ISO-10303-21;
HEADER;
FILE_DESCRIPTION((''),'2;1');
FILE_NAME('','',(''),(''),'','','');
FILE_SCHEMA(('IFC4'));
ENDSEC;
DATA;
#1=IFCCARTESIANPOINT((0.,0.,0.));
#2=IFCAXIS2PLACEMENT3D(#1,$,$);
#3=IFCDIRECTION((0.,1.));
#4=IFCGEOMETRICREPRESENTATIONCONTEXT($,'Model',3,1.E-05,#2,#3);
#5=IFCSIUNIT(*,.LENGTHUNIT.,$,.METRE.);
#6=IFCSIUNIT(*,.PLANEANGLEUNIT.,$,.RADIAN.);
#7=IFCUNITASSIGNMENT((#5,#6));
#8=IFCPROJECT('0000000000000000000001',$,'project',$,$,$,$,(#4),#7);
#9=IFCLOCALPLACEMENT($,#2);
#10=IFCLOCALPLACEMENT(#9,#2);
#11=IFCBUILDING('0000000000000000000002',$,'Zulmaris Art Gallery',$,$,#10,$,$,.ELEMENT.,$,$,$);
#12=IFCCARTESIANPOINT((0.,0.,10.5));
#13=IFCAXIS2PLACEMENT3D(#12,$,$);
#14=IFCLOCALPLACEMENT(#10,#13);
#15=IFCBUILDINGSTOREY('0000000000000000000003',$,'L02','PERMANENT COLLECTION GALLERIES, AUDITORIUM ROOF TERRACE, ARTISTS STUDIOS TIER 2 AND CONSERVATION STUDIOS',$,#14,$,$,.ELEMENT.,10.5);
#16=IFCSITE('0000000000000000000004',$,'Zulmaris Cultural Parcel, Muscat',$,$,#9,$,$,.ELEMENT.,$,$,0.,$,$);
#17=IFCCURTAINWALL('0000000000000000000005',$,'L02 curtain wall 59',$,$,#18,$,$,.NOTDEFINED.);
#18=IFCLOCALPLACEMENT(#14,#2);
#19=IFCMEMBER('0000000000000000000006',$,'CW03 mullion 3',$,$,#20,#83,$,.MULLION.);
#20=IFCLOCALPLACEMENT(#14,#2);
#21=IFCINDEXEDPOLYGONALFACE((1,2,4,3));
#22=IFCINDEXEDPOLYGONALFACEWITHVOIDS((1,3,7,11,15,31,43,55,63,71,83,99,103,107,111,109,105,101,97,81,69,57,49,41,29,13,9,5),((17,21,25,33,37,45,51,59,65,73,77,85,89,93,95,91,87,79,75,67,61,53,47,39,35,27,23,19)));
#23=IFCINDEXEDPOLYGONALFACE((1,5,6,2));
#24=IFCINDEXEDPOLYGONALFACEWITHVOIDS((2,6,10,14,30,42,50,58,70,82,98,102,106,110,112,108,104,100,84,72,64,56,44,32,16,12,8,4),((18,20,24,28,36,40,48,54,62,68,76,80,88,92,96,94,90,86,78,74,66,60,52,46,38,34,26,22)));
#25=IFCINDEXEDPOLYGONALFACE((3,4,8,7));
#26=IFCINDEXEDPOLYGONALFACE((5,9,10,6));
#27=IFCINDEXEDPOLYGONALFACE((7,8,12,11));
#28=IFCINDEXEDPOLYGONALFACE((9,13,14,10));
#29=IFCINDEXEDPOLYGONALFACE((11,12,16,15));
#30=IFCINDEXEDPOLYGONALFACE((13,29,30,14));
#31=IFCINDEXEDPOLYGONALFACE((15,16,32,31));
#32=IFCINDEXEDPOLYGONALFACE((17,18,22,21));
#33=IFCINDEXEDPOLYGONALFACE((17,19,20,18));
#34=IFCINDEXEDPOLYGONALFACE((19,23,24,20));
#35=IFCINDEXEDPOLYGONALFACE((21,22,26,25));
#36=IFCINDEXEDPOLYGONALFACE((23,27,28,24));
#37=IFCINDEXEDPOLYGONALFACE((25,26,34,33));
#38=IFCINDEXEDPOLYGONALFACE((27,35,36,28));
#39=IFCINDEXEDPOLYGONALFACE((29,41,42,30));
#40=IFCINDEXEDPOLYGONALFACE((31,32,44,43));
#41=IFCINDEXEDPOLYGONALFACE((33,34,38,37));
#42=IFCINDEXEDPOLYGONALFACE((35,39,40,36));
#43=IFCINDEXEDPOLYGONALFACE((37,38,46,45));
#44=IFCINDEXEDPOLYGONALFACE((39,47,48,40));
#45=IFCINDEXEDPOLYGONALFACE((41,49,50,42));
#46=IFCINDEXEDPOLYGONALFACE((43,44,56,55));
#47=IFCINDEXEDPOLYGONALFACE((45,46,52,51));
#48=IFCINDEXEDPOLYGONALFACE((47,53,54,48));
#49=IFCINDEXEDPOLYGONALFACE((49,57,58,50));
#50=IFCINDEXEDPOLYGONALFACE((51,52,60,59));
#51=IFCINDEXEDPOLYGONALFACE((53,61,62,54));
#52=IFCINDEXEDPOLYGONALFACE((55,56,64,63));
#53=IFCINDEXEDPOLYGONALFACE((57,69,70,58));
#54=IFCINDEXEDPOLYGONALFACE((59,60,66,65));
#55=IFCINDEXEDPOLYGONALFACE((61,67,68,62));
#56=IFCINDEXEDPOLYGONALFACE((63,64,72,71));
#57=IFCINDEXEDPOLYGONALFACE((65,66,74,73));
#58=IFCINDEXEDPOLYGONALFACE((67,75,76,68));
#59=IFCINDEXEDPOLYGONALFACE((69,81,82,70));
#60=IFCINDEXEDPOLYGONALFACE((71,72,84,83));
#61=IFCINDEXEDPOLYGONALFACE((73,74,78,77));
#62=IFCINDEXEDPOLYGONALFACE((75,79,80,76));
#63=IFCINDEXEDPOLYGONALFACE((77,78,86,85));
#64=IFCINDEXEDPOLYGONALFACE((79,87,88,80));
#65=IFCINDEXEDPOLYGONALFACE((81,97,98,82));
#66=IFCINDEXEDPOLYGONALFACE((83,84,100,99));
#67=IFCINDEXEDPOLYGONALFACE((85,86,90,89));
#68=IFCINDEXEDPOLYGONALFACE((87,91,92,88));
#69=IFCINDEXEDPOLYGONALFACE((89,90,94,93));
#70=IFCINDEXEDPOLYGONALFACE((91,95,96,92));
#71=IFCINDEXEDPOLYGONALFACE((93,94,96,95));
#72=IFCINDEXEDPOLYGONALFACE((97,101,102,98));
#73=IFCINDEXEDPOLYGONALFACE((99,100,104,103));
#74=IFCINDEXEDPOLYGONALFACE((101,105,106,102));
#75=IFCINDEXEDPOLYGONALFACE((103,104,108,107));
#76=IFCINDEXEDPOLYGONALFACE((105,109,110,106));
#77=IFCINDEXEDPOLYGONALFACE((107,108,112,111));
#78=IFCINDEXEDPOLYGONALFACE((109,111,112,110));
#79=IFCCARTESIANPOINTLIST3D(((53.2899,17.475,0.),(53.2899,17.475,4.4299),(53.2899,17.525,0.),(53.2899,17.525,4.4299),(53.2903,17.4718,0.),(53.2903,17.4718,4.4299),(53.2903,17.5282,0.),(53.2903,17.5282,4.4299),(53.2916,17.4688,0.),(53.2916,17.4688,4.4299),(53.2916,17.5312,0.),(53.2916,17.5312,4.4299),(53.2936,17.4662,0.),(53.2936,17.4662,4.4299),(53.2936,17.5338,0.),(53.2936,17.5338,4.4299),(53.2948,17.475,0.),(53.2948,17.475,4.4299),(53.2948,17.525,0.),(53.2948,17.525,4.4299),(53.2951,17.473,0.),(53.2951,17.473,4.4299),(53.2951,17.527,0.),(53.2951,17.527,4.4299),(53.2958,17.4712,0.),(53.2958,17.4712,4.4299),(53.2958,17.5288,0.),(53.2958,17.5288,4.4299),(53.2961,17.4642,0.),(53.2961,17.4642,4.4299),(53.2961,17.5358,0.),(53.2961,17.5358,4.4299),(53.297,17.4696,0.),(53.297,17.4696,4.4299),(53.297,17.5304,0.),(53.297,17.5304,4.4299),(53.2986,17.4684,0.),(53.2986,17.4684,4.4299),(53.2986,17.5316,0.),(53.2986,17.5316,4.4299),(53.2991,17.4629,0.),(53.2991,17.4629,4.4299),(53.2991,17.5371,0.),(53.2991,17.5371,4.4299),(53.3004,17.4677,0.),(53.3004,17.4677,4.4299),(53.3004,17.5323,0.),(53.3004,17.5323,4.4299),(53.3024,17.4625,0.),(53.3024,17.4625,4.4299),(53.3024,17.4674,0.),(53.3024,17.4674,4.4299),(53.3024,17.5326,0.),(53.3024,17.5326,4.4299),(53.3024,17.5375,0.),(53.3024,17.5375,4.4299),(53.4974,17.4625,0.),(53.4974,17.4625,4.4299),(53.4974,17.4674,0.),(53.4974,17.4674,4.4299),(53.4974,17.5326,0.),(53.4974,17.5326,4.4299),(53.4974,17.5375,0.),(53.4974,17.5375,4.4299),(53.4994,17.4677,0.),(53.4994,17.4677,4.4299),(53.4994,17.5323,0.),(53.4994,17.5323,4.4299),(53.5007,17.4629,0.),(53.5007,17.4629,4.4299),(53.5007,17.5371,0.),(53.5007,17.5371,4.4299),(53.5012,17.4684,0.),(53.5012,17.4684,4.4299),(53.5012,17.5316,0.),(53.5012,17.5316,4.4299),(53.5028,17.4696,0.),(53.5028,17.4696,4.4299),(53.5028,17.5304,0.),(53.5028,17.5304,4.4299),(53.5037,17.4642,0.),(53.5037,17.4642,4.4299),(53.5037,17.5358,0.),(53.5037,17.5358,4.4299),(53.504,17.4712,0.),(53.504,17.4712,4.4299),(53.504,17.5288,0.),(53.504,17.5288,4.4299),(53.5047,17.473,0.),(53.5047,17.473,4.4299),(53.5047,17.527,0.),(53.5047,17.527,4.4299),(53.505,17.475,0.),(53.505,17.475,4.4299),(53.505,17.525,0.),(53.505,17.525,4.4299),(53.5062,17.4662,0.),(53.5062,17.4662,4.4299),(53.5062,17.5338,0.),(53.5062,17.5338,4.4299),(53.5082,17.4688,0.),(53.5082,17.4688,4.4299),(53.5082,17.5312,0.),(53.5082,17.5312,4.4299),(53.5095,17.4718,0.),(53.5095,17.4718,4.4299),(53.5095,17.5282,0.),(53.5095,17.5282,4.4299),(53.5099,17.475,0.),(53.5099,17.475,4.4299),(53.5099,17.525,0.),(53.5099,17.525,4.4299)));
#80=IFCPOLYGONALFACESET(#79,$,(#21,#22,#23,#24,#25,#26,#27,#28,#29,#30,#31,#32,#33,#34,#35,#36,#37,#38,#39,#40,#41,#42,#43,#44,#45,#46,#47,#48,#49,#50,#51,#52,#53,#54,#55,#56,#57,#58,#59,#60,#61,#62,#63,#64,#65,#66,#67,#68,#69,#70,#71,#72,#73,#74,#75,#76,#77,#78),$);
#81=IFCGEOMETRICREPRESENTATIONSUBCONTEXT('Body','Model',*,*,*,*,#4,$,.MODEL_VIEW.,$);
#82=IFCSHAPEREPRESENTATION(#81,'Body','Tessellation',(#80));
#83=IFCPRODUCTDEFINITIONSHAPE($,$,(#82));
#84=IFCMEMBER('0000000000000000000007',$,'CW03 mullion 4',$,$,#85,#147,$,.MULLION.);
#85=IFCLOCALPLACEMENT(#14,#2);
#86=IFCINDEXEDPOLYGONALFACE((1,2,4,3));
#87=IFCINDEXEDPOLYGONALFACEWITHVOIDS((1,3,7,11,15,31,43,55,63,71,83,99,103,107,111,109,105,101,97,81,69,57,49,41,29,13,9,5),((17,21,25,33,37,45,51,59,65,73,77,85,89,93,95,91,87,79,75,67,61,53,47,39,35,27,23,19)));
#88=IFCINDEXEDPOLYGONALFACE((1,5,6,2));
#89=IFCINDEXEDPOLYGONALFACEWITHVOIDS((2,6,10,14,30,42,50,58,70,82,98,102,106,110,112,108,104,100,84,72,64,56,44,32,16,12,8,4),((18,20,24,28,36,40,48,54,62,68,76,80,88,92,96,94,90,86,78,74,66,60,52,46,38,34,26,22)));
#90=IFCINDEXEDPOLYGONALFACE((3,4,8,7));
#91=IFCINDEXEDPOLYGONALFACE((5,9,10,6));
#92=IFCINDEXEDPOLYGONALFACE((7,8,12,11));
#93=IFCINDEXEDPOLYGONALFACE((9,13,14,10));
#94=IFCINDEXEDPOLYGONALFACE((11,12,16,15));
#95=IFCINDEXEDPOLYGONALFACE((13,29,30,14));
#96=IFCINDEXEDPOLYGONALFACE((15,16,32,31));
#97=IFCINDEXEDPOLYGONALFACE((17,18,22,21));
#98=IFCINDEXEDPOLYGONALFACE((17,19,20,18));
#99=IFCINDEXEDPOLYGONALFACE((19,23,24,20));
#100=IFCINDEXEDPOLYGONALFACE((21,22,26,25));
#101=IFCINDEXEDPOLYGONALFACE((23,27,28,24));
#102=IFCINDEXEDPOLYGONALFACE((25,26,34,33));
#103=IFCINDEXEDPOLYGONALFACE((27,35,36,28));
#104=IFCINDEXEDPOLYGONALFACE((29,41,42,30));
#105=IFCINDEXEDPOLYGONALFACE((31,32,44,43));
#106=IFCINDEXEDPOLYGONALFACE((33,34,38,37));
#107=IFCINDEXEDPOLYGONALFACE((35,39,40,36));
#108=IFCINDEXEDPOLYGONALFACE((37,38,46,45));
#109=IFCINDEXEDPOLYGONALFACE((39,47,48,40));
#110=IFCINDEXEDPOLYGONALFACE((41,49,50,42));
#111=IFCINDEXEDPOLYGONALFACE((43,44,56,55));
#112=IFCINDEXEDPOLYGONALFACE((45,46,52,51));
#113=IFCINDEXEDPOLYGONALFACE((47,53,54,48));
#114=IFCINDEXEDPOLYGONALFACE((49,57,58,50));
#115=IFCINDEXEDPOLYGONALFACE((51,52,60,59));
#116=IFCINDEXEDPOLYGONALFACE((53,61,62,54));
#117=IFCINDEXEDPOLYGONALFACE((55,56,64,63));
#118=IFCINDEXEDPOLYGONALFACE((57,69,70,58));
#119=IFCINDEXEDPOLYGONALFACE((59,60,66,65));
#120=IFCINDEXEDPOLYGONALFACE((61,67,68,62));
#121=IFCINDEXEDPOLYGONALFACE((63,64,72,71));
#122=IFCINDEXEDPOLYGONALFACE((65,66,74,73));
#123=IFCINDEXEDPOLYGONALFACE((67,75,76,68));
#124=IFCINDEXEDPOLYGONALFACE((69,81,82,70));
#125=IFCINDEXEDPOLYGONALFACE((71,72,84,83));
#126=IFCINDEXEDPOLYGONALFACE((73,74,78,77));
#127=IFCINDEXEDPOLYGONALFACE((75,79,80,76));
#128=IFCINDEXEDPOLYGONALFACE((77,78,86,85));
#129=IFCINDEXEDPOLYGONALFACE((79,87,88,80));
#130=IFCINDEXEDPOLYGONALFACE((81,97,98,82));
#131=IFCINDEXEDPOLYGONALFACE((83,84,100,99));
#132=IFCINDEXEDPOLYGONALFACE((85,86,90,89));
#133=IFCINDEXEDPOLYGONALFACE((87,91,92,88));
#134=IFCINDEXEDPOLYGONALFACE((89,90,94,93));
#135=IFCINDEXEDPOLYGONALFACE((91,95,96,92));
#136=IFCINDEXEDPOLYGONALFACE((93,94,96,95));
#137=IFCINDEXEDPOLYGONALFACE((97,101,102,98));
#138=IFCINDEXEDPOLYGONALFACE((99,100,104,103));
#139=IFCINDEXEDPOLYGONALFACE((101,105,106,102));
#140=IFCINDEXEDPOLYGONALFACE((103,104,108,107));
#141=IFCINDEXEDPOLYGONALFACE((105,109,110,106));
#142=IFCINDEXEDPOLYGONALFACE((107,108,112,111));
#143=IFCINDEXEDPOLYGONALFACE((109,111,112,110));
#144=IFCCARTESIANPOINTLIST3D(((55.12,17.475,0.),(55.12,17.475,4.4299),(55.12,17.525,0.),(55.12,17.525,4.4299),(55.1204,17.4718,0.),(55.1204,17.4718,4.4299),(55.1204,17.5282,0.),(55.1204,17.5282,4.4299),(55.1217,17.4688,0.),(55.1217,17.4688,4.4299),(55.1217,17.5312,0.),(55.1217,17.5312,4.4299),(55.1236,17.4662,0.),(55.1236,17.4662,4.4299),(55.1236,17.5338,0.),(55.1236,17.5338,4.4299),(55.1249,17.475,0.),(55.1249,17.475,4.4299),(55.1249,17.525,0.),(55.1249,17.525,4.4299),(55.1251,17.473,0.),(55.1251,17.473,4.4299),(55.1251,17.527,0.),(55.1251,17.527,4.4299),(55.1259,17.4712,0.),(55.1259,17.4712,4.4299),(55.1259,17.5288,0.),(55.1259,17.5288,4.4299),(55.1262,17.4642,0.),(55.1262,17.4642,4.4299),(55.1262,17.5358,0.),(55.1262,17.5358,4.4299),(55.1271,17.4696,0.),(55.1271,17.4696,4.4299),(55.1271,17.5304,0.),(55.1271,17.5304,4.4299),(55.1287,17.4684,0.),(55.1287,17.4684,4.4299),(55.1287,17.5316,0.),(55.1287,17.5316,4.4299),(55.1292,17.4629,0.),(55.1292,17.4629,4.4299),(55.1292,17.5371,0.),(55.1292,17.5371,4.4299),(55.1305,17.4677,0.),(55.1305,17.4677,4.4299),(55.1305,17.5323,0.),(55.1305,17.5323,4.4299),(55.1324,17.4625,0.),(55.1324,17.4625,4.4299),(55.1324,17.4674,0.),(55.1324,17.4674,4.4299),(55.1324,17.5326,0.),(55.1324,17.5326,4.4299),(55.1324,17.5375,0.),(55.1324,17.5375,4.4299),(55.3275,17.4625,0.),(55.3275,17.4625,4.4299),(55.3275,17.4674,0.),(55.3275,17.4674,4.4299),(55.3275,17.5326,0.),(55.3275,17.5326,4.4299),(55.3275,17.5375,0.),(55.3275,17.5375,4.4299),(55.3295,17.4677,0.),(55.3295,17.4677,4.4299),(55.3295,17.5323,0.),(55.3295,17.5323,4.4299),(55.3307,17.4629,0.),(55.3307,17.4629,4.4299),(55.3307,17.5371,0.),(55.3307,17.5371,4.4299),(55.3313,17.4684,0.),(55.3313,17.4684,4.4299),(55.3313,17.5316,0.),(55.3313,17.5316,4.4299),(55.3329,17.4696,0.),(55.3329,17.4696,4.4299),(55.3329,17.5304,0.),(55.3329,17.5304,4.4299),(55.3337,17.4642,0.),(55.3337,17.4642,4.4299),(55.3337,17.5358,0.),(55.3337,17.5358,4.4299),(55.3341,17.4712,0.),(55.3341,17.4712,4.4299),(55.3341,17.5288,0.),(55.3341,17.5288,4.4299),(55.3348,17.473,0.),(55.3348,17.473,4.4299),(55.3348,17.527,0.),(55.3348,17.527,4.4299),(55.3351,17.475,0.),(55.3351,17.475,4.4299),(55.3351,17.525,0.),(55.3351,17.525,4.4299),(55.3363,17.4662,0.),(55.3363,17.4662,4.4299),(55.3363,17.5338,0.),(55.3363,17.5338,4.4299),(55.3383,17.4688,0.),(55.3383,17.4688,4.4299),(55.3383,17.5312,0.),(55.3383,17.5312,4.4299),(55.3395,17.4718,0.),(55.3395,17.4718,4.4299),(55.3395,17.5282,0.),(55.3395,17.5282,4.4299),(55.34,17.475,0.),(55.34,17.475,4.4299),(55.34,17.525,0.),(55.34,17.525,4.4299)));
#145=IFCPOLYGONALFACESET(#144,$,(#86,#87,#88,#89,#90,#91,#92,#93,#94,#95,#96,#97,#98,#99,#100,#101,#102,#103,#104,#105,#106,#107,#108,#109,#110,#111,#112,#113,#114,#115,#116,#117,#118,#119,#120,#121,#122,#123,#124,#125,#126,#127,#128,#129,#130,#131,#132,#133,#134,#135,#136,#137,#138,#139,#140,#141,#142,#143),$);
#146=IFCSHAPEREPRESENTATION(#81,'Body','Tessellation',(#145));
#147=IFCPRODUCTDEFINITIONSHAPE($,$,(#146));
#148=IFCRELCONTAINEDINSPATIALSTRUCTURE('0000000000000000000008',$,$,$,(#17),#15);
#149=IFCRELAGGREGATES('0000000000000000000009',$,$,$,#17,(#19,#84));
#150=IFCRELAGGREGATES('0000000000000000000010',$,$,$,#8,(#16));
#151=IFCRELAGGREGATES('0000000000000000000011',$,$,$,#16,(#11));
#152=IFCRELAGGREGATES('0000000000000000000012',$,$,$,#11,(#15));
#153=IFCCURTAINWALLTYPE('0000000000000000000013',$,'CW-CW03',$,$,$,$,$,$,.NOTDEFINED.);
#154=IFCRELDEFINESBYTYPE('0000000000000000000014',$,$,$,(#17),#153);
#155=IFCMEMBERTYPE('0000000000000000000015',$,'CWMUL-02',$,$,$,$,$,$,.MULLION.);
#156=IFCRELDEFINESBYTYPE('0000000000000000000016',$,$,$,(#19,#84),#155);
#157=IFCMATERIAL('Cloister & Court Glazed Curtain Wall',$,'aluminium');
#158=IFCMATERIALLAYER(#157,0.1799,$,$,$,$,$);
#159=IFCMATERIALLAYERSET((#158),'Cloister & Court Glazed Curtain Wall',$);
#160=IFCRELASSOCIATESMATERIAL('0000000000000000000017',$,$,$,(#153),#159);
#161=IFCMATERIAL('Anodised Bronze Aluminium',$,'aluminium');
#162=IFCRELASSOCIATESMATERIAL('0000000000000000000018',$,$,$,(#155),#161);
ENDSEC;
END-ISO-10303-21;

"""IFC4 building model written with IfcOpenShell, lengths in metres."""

from ifc_helpers import new_model, si_unit, direction, frame, origin, origin_2d, place, context, subcontext, project, spatial, hollow_rectangle, extrude, material, layer, layer_set, material_profile, profile_set, type_object, element, aggregate, save


model = new_model("IFC4")

# Units and contexts
model_context = context("Model", 3, precision=1e-05, world=origin(), true_north=direction((0.0, 1.0)))
body_context = subcontext(model_context, "Body", "Model", "MODEL_VIEW")
ifc_project = project(units=[si_unit("LENGTHUNIT", "METRE"), si_unit("PLANEANGLEUNIT", "RADIAN")], contexts=[model_context])

# Site, building, storey
site_placement = place(None, origin())
site = spatial("IfcSite", under=ifc_project, at=site_placement, Name="Zulmaris Cultural Parcel, Muscat", CompositionType="ELEMENT", RefElevation=0.0)
building_placement = place(site_placement, origin())
building = spatial("IfcBuilding", under=site, at=building_placement, Name="Zulmaris Art Gallery", CompositionType="ELEMENT")
storey_placement = place(building_placement, frame((0.0, 0.0, 10.5)))
storey = spatial("IfcBuildingStorey", under=building, at=storey_placement, Name="L02", Description="PERMANENT COLLECTION GALLERIES, AUDITORIUM ROOF TERRACE, ARTISTS STUDIOS TIER 2 AND CONSERVATION STUDIOS", CompositionType="ELEMENT", Elevation=10.5)

# Curtain wall, members
ifc_material_1 = material(Name="Cloister & Court Glazed Curtain Wall", Category="aluminium")
ifc_layer_1 = layer(ifc_material_1, 0.1799)
ifc_layer_set_1 = layer_set([ifc_layer_1], Name="Cloister & Court Glazed Curtain Wall")
curtain_wall_type = type_object("IfcCurtainWallType", Name="CW-CW03", PredefinedType="NOTDEFINED", material=ifc_layer_set_1)
curtain_wall_placement = place(storey_placement, origin())
curtain_wall = element("IfcCurtainWall", 1, at=curtain_wall_placement, inside=storey, type_object=curtain_wall_type, Name="L02 curtain wall 59", PredefinedType="NOTDEFINED")
ifc_material_2 = material(Name="Anodised Bronze Aluminium", Category="aluminium")
ifc_material_profile_1 = material_profile(ifc_material_2, hollow_rectangle(XDim=0.075, YDim=0.22, WallThickness=0.0049, InnerFilletRadius=0.0076, OuterFilletRadius=0.0125, at=origin_2d()), Name="ALU 75x220x5")
ifc_profile_set_1 = profile_set([ifc_material_profile_1], Name="Anodised Bronze Aluminium")
member_type_1 = type_object("IfcMemberType", Name="CWMUL-02", PredefinedType="MULLION", material=ifc_profile_set_1)
member_1_placement = place(storey_placement, frame((53.3999, 17.5, 0.0), z_axis=(0.0, 0.0, 1.0), x_axis=(0.0, 1.0, 0.0)))
member_1 = element("IfcMember", 2, at=member_1_placement, type_object=member_type_1, Name="CW03 mullion 3", PredefinedType="MULLION", context=body_context, shape_type="SweptSolid", body=[
    extrude(hollow_rectangle(XDim=0.075, YDim=0.22, WallThickness=0.0049, InnerFilletRadius=0.0076, OuterFilletRadius=0.0125, at=origin_2d()), origin(), (0.0, 0.0, 1.0), 4.4299),
])
member_2_placement = place(storey_placement, frame((55.23, 17.5, 0.0), z_axis=(0.0, 0.0, 1.0), x_axis=(0.0, 1.0, 0.0)))
member_2 = element("IfcMember", 3, at=member_2_placement, type_object=member_type_1, Name="CW03 mullion 4", PredefinedType="MULLION", context=body_context, shape_type="SweptSolid", body=[
    extrude(hollow_rectangle(XDim=0.075, YDim=0.22, WallThickness=0.0049, InnerFilletRadius=0.0076, OuterFilletRadius=0.0125, at=origin_2d()), origin(), (0.0, 0.0, 1.0), 4.4299),
])
aggregate(curtain_wall, [member_1, member_2])

save(model, "model.ifc")
